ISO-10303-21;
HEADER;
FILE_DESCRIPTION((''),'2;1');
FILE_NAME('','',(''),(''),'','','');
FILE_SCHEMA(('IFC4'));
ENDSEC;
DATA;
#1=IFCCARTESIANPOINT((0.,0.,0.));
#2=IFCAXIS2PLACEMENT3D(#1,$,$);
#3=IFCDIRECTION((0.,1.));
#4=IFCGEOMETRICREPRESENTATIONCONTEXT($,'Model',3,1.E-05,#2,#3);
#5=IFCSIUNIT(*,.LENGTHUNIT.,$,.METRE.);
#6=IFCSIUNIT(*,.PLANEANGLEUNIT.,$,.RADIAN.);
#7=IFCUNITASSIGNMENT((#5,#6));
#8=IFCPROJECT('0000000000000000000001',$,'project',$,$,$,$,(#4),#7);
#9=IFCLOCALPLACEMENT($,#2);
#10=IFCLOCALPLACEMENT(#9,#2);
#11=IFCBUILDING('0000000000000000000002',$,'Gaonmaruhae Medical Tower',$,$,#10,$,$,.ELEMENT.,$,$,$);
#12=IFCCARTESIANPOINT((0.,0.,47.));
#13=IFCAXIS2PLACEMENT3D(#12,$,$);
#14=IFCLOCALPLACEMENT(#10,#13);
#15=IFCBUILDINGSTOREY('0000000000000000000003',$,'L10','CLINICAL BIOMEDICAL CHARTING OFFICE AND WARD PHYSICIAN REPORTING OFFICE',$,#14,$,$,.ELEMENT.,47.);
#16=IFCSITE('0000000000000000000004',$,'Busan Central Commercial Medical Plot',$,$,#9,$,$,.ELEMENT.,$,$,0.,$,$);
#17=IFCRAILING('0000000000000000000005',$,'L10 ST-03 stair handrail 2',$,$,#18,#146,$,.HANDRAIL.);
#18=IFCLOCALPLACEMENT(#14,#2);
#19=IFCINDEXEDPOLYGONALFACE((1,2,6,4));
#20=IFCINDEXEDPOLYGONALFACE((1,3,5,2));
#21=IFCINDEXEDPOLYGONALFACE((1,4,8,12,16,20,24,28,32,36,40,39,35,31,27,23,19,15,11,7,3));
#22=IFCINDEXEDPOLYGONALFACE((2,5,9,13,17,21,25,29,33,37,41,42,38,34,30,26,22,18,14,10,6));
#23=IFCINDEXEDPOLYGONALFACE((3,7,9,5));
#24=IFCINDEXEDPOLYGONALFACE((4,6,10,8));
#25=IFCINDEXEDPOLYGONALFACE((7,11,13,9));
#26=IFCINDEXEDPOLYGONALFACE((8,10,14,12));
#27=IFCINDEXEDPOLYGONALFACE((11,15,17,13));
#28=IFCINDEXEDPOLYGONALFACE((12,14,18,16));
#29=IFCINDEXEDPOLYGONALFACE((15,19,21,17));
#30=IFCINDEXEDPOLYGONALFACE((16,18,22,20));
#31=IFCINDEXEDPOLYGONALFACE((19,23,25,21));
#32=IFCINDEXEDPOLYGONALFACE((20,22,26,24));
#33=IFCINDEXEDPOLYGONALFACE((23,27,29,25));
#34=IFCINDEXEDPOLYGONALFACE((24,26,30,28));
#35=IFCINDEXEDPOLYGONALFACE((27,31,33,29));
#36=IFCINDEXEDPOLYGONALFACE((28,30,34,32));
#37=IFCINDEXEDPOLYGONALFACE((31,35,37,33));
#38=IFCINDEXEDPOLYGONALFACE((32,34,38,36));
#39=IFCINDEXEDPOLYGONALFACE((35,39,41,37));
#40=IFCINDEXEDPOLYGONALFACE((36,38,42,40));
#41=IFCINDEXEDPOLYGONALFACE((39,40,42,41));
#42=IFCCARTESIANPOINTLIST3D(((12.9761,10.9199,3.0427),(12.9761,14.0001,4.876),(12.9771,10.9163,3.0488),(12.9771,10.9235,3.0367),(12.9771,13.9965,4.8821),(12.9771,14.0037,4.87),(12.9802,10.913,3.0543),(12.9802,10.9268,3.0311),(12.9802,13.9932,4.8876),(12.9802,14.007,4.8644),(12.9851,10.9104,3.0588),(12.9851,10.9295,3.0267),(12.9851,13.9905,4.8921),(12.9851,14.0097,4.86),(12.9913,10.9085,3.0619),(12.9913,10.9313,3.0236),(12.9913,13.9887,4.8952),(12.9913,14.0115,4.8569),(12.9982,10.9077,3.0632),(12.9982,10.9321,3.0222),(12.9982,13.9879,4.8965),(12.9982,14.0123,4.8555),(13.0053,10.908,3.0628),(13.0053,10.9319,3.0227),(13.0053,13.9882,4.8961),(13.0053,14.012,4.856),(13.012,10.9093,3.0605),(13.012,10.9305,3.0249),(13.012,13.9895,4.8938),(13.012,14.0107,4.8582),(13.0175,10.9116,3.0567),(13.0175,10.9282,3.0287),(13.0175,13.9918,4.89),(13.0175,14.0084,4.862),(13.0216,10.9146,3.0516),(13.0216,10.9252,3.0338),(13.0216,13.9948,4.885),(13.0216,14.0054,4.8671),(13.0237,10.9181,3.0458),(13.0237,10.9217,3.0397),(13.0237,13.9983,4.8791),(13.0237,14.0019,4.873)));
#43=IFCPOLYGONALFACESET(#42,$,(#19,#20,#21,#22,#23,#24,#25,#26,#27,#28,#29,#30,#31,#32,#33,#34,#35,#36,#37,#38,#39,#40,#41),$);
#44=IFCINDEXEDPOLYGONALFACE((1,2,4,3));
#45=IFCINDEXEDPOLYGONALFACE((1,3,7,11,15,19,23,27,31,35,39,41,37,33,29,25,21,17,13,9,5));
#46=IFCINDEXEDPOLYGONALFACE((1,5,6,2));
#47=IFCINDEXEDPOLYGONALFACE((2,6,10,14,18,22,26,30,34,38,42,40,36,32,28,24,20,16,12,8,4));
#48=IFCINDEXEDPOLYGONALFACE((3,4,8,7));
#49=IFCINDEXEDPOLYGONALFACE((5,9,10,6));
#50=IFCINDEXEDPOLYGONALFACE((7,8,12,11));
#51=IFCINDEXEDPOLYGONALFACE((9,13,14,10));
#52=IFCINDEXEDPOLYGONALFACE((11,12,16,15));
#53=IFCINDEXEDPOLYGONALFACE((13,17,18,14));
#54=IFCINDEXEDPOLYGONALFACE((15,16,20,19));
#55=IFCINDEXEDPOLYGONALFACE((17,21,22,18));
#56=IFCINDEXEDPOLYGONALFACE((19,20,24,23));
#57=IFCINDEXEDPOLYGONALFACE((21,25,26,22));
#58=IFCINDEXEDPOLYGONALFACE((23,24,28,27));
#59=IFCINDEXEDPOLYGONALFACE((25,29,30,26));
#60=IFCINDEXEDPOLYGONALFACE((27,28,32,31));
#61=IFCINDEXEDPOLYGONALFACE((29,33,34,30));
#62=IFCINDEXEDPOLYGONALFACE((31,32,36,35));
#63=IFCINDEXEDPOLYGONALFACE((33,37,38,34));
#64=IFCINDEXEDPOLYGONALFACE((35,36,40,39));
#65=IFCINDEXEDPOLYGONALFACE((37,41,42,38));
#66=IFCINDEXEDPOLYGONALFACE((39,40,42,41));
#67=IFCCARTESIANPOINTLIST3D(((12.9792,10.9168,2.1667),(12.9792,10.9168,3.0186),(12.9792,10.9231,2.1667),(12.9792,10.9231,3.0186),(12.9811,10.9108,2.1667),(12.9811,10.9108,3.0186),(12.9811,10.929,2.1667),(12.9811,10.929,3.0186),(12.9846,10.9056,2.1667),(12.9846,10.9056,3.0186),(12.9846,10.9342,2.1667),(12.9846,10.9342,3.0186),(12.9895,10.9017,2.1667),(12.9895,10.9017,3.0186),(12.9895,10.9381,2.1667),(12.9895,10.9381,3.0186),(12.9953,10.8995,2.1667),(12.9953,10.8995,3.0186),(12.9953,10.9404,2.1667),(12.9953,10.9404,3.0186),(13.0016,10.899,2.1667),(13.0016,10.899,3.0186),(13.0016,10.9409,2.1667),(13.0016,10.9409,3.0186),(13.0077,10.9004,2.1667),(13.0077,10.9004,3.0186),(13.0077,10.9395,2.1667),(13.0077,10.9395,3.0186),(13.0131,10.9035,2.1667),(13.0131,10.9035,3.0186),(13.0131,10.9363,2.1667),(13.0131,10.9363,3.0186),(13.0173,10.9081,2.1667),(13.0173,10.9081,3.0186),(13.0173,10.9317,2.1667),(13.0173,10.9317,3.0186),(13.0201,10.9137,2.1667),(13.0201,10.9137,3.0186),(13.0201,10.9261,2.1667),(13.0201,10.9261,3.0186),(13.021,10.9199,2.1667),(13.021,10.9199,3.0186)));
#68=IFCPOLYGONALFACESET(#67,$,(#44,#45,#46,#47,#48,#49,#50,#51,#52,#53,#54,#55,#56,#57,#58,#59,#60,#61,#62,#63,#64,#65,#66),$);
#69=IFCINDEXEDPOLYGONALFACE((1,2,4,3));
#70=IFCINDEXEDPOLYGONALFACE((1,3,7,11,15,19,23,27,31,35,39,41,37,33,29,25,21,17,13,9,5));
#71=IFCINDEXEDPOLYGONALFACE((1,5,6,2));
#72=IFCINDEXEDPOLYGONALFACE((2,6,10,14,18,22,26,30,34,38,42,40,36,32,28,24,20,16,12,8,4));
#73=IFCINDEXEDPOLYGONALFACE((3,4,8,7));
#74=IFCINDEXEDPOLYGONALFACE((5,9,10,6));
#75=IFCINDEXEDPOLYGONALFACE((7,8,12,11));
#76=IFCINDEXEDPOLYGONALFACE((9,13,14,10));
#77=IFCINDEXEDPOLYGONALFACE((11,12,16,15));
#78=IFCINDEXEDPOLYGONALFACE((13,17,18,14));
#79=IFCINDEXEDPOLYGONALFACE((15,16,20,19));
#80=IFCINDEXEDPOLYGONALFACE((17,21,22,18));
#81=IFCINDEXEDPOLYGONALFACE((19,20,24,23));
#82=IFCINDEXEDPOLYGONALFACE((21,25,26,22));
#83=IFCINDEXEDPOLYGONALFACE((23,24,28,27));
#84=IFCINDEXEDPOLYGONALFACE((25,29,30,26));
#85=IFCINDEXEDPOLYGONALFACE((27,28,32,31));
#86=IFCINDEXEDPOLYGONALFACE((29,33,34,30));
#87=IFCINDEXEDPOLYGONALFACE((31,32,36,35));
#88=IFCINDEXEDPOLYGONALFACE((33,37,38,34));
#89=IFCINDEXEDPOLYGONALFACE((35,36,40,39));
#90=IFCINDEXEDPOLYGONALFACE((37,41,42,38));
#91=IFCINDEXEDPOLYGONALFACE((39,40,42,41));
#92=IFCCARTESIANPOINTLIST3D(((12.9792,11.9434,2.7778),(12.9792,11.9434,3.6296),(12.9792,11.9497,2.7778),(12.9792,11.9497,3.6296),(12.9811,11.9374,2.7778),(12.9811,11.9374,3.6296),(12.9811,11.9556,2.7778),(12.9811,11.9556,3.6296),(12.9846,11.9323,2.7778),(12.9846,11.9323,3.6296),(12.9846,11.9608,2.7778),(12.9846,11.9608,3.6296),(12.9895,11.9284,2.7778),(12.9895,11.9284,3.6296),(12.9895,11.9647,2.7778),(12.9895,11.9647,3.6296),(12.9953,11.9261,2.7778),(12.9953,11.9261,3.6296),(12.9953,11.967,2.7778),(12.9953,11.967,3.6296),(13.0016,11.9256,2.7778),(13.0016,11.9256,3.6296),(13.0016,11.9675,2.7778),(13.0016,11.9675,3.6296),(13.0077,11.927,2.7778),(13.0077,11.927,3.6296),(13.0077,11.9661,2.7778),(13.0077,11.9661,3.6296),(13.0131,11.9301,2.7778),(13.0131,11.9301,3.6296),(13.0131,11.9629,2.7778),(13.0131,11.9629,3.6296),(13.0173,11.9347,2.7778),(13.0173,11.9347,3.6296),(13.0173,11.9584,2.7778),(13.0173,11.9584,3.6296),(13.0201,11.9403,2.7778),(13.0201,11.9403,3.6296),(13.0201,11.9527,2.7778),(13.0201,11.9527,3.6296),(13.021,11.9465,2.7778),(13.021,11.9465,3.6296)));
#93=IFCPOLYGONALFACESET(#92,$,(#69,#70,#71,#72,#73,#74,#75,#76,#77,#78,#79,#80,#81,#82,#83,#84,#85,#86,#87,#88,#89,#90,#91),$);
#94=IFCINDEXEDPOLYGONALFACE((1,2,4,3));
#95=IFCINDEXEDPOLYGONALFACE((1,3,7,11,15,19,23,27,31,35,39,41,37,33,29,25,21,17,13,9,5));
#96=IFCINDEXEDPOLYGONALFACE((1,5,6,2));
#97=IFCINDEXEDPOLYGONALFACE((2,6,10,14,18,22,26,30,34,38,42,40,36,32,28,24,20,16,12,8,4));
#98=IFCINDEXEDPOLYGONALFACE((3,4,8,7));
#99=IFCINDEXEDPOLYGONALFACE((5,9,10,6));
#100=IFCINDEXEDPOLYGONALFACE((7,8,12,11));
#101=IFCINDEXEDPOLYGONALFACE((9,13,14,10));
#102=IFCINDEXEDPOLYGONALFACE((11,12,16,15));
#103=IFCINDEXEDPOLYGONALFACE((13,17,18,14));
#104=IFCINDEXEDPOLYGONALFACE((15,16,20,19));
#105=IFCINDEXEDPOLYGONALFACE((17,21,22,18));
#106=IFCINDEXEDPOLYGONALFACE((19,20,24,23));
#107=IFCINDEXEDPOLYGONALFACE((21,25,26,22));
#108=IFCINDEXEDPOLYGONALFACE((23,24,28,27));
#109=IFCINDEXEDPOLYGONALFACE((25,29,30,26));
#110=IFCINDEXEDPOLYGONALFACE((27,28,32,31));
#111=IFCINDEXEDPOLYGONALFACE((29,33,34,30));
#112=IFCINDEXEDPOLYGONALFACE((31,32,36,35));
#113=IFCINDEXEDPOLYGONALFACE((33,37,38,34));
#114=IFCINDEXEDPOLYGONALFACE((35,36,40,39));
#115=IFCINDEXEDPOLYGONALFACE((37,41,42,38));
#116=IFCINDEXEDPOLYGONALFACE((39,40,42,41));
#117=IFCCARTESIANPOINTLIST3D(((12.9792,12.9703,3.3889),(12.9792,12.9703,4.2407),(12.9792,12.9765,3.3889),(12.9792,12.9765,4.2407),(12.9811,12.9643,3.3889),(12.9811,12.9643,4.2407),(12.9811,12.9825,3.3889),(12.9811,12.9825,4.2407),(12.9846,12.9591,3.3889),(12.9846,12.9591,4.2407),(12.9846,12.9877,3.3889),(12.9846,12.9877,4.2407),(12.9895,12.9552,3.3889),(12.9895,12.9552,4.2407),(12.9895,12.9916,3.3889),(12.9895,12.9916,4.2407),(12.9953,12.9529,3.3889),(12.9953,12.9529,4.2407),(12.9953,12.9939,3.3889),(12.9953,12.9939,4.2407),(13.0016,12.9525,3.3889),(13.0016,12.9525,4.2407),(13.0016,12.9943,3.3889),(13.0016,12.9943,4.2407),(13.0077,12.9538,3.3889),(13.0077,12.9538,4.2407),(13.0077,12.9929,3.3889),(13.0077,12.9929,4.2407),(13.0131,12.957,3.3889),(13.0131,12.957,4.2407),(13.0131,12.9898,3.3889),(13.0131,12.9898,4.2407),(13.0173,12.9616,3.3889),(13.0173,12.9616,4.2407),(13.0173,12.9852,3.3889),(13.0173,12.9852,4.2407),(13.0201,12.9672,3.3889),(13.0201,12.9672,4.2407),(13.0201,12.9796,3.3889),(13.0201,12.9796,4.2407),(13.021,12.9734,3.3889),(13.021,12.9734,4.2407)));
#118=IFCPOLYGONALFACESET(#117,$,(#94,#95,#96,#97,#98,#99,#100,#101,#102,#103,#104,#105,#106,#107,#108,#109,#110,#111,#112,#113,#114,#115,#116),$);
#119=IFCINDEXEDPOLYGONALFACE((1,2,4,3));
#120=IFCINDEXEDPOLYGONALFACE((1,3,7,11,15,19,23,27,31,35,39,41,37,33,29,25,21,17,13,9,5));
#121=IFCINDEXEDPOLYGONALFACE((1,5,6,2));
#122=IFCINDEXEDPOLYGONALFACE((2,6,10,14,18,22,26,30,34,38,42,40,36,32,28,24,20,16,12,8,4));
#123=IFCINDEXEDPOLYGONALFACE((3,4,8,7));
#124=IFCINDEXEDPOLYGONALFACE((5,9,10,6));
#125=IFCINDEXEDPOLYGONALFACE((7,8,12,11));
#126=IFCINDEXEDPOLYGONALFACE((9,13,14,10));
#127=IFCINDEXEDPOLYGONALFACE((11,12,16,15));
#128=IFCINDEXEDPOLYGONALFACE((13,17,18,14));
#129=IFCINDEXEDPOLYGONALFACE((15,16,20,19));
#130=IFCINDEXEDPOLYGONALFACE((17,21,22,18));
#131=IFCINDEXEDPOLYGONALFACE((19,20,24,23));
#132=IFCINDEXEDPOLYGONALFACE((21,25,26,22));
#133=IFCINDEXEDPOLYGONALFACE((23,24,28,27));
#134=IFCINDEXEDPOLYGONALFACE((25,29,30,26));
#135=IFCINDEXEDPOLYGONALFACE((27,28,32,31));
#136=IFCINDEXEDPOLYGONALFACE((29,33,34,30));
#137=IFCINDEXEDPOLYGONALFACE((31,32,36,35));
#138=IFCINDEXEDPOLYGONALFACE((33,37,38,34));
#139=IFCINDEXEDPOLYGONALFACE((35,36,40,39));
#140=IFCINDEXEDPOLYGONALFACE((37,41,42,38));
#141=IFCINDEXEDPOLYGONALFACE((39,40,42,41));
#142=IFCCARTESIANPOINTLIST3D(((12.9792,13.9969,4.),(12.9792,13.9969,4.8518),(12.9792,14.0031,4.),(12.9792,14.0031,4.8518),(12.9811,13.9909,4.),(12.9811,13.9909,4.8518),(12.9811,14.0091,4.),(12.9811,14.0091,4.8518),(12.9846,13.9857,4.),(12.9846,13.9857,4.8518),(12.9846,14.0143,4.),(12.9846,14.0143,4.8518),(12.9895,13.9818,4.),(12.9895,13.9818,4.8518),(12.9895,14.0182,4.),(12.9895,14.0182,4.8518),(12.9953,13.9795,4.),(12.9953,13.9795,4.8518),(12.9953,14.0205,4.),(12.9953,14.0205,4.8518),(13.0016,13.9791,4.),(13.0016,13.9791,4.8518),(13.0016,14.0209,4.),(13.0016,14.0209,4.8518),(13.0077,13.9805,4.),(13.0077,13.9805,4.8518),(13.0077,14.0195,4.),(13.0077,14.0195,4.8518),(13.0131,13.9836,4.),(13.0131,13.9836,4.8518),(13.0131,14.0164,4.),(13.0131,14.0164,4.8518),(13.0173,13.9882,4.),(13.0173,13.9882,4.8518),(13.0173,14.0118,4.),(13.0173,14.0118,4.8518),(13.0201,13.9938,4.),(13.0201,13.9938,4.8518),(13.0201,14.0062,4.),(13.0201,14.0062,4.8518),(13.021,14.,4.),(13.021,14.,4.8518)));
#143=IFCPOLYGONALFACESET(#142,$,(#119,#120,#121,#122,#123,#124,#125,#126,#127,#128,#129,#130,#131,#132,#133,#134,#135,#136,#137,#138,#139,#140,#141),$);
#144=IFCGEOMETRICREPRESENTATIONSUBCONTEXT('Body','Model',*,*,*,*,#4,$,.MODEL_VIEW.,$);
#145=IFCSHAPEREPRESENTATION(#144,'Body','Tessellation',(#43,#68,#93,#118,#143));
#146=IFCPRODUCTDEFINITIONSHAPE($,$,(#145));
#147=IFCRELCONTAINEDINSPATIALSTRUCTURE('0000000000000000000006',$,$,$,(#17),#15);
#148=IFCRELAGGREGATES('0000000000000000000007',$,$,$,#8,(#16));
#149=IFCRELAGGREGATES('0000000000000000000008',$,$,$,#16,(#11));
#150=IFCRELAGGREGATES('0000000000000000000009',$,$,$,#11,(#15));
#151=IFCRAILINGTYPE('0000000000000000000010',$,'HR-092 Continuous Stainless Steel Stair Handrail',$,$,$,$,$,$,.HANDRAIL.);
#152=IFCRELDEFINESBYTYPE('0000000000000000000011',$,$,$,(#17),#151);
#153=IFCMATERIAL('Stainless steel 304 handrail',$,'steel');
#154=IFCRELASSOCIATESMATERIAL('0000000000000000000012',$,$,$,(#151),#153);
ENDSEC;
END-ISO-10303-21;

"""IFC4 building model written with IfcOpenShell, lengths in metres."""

from ifc_helpers import new_model, si_unit, direction, frame, origin, origin_2d, place, context, subcontext, project, spatial, circle, extrude, material, type_object, element, save


model = new_model("IFC4")

# Units and contexts
model_context = context("Model", 3, precision=1e-05, world=origin(), true_north=direction((0.0, 1.0)))
body_context = subcontext(model_context, "Body", "Model", "MODEL_VIEW")
ifc_project = project(units=[si_unit("LENGTHUNIT", "METRE"), si_unit("PLANEANGLEUNIT", "RADIAN")], contexts=[model_context])

# Site, building, storey
site_placement = place(None, origin())
site = spatial("IfcSite", under=ifc_project, at=site_placement, Name="Busan Central Commercial Medical Plot", CompositionType="ELEMENT", RefElevation=0.0)
building_placement = place(site_placement, origin())
building = spatial("IfcBuilding", under=site, at=building_placement, Name="Gaonmaruhae Medical Tower", CompositionType="ELEMENT")
storey_placement = place(building_placement, frame((0.0, 0.0, 47.0)))
storey = spatial("IfcBuildingStorey", under=building, at=storey_placement, Name="L10", Description="CLINICAL BIOMEDICAL CHARTING OFFICE AND WARD PHYSICIAN REPORTING OFFICE", CompositionType="ELEMENT", Elevation=47.0)

# Railing
ifc_material_1 = material(Name="Stainless steel 304 handrail", Category="steel")
railing_type_1 = type_object("IfcRailingType", Name="HR-092 Continuous Stainless Steel Stair Handrail", PredefinedType="HANDRAIL", material=ifc_material_1)
railing_1_placement = place(storey_placement, frame((13.0, 10.9199, 2.1667)))
element("IfcRailing", 1, at=railing_1_placement, inside=storey, type_object=railing_type_1, Name="L10 ST-03 stair handrail 2", PredefinedType="HANDRAIL", context=body_context, shape_type="SweptSolid", body=[
    extrude(circle(Radius=0.0239, at=origin_2d()), frame((0.0, 0.0, 0.876), z_axis=(0.0, 0.859309, 0.511458), x_axis=(-1.0, 0.0, 0.0)), (0.0, 0.0, 1.0), 3.5845),
    extrude(circle(Radius=0.021, at=origin_2d()), origin(), (0.0, 0.0, 1.0), 0.8518),
    extrude(circle(Radius=0.021, at=origin_2d()), frame((0.0, 1.0266, 0.6111)), (0.0, 0.0, 1.0), 0.8518),
    extrude(circle(Radius=0.021, at=origin_2d()), frame((0.0, 2.0535, 1.2222)), (0.0, 0.0, 1.0), 0.8518),
    extrude(circle(Radius=0.021, at=origin_2d()), frame((0.0, 3.0801, 1.8333)), (0.0, 0.0, 1.0), 0.8518),
])

save(model, "model.ifc")
